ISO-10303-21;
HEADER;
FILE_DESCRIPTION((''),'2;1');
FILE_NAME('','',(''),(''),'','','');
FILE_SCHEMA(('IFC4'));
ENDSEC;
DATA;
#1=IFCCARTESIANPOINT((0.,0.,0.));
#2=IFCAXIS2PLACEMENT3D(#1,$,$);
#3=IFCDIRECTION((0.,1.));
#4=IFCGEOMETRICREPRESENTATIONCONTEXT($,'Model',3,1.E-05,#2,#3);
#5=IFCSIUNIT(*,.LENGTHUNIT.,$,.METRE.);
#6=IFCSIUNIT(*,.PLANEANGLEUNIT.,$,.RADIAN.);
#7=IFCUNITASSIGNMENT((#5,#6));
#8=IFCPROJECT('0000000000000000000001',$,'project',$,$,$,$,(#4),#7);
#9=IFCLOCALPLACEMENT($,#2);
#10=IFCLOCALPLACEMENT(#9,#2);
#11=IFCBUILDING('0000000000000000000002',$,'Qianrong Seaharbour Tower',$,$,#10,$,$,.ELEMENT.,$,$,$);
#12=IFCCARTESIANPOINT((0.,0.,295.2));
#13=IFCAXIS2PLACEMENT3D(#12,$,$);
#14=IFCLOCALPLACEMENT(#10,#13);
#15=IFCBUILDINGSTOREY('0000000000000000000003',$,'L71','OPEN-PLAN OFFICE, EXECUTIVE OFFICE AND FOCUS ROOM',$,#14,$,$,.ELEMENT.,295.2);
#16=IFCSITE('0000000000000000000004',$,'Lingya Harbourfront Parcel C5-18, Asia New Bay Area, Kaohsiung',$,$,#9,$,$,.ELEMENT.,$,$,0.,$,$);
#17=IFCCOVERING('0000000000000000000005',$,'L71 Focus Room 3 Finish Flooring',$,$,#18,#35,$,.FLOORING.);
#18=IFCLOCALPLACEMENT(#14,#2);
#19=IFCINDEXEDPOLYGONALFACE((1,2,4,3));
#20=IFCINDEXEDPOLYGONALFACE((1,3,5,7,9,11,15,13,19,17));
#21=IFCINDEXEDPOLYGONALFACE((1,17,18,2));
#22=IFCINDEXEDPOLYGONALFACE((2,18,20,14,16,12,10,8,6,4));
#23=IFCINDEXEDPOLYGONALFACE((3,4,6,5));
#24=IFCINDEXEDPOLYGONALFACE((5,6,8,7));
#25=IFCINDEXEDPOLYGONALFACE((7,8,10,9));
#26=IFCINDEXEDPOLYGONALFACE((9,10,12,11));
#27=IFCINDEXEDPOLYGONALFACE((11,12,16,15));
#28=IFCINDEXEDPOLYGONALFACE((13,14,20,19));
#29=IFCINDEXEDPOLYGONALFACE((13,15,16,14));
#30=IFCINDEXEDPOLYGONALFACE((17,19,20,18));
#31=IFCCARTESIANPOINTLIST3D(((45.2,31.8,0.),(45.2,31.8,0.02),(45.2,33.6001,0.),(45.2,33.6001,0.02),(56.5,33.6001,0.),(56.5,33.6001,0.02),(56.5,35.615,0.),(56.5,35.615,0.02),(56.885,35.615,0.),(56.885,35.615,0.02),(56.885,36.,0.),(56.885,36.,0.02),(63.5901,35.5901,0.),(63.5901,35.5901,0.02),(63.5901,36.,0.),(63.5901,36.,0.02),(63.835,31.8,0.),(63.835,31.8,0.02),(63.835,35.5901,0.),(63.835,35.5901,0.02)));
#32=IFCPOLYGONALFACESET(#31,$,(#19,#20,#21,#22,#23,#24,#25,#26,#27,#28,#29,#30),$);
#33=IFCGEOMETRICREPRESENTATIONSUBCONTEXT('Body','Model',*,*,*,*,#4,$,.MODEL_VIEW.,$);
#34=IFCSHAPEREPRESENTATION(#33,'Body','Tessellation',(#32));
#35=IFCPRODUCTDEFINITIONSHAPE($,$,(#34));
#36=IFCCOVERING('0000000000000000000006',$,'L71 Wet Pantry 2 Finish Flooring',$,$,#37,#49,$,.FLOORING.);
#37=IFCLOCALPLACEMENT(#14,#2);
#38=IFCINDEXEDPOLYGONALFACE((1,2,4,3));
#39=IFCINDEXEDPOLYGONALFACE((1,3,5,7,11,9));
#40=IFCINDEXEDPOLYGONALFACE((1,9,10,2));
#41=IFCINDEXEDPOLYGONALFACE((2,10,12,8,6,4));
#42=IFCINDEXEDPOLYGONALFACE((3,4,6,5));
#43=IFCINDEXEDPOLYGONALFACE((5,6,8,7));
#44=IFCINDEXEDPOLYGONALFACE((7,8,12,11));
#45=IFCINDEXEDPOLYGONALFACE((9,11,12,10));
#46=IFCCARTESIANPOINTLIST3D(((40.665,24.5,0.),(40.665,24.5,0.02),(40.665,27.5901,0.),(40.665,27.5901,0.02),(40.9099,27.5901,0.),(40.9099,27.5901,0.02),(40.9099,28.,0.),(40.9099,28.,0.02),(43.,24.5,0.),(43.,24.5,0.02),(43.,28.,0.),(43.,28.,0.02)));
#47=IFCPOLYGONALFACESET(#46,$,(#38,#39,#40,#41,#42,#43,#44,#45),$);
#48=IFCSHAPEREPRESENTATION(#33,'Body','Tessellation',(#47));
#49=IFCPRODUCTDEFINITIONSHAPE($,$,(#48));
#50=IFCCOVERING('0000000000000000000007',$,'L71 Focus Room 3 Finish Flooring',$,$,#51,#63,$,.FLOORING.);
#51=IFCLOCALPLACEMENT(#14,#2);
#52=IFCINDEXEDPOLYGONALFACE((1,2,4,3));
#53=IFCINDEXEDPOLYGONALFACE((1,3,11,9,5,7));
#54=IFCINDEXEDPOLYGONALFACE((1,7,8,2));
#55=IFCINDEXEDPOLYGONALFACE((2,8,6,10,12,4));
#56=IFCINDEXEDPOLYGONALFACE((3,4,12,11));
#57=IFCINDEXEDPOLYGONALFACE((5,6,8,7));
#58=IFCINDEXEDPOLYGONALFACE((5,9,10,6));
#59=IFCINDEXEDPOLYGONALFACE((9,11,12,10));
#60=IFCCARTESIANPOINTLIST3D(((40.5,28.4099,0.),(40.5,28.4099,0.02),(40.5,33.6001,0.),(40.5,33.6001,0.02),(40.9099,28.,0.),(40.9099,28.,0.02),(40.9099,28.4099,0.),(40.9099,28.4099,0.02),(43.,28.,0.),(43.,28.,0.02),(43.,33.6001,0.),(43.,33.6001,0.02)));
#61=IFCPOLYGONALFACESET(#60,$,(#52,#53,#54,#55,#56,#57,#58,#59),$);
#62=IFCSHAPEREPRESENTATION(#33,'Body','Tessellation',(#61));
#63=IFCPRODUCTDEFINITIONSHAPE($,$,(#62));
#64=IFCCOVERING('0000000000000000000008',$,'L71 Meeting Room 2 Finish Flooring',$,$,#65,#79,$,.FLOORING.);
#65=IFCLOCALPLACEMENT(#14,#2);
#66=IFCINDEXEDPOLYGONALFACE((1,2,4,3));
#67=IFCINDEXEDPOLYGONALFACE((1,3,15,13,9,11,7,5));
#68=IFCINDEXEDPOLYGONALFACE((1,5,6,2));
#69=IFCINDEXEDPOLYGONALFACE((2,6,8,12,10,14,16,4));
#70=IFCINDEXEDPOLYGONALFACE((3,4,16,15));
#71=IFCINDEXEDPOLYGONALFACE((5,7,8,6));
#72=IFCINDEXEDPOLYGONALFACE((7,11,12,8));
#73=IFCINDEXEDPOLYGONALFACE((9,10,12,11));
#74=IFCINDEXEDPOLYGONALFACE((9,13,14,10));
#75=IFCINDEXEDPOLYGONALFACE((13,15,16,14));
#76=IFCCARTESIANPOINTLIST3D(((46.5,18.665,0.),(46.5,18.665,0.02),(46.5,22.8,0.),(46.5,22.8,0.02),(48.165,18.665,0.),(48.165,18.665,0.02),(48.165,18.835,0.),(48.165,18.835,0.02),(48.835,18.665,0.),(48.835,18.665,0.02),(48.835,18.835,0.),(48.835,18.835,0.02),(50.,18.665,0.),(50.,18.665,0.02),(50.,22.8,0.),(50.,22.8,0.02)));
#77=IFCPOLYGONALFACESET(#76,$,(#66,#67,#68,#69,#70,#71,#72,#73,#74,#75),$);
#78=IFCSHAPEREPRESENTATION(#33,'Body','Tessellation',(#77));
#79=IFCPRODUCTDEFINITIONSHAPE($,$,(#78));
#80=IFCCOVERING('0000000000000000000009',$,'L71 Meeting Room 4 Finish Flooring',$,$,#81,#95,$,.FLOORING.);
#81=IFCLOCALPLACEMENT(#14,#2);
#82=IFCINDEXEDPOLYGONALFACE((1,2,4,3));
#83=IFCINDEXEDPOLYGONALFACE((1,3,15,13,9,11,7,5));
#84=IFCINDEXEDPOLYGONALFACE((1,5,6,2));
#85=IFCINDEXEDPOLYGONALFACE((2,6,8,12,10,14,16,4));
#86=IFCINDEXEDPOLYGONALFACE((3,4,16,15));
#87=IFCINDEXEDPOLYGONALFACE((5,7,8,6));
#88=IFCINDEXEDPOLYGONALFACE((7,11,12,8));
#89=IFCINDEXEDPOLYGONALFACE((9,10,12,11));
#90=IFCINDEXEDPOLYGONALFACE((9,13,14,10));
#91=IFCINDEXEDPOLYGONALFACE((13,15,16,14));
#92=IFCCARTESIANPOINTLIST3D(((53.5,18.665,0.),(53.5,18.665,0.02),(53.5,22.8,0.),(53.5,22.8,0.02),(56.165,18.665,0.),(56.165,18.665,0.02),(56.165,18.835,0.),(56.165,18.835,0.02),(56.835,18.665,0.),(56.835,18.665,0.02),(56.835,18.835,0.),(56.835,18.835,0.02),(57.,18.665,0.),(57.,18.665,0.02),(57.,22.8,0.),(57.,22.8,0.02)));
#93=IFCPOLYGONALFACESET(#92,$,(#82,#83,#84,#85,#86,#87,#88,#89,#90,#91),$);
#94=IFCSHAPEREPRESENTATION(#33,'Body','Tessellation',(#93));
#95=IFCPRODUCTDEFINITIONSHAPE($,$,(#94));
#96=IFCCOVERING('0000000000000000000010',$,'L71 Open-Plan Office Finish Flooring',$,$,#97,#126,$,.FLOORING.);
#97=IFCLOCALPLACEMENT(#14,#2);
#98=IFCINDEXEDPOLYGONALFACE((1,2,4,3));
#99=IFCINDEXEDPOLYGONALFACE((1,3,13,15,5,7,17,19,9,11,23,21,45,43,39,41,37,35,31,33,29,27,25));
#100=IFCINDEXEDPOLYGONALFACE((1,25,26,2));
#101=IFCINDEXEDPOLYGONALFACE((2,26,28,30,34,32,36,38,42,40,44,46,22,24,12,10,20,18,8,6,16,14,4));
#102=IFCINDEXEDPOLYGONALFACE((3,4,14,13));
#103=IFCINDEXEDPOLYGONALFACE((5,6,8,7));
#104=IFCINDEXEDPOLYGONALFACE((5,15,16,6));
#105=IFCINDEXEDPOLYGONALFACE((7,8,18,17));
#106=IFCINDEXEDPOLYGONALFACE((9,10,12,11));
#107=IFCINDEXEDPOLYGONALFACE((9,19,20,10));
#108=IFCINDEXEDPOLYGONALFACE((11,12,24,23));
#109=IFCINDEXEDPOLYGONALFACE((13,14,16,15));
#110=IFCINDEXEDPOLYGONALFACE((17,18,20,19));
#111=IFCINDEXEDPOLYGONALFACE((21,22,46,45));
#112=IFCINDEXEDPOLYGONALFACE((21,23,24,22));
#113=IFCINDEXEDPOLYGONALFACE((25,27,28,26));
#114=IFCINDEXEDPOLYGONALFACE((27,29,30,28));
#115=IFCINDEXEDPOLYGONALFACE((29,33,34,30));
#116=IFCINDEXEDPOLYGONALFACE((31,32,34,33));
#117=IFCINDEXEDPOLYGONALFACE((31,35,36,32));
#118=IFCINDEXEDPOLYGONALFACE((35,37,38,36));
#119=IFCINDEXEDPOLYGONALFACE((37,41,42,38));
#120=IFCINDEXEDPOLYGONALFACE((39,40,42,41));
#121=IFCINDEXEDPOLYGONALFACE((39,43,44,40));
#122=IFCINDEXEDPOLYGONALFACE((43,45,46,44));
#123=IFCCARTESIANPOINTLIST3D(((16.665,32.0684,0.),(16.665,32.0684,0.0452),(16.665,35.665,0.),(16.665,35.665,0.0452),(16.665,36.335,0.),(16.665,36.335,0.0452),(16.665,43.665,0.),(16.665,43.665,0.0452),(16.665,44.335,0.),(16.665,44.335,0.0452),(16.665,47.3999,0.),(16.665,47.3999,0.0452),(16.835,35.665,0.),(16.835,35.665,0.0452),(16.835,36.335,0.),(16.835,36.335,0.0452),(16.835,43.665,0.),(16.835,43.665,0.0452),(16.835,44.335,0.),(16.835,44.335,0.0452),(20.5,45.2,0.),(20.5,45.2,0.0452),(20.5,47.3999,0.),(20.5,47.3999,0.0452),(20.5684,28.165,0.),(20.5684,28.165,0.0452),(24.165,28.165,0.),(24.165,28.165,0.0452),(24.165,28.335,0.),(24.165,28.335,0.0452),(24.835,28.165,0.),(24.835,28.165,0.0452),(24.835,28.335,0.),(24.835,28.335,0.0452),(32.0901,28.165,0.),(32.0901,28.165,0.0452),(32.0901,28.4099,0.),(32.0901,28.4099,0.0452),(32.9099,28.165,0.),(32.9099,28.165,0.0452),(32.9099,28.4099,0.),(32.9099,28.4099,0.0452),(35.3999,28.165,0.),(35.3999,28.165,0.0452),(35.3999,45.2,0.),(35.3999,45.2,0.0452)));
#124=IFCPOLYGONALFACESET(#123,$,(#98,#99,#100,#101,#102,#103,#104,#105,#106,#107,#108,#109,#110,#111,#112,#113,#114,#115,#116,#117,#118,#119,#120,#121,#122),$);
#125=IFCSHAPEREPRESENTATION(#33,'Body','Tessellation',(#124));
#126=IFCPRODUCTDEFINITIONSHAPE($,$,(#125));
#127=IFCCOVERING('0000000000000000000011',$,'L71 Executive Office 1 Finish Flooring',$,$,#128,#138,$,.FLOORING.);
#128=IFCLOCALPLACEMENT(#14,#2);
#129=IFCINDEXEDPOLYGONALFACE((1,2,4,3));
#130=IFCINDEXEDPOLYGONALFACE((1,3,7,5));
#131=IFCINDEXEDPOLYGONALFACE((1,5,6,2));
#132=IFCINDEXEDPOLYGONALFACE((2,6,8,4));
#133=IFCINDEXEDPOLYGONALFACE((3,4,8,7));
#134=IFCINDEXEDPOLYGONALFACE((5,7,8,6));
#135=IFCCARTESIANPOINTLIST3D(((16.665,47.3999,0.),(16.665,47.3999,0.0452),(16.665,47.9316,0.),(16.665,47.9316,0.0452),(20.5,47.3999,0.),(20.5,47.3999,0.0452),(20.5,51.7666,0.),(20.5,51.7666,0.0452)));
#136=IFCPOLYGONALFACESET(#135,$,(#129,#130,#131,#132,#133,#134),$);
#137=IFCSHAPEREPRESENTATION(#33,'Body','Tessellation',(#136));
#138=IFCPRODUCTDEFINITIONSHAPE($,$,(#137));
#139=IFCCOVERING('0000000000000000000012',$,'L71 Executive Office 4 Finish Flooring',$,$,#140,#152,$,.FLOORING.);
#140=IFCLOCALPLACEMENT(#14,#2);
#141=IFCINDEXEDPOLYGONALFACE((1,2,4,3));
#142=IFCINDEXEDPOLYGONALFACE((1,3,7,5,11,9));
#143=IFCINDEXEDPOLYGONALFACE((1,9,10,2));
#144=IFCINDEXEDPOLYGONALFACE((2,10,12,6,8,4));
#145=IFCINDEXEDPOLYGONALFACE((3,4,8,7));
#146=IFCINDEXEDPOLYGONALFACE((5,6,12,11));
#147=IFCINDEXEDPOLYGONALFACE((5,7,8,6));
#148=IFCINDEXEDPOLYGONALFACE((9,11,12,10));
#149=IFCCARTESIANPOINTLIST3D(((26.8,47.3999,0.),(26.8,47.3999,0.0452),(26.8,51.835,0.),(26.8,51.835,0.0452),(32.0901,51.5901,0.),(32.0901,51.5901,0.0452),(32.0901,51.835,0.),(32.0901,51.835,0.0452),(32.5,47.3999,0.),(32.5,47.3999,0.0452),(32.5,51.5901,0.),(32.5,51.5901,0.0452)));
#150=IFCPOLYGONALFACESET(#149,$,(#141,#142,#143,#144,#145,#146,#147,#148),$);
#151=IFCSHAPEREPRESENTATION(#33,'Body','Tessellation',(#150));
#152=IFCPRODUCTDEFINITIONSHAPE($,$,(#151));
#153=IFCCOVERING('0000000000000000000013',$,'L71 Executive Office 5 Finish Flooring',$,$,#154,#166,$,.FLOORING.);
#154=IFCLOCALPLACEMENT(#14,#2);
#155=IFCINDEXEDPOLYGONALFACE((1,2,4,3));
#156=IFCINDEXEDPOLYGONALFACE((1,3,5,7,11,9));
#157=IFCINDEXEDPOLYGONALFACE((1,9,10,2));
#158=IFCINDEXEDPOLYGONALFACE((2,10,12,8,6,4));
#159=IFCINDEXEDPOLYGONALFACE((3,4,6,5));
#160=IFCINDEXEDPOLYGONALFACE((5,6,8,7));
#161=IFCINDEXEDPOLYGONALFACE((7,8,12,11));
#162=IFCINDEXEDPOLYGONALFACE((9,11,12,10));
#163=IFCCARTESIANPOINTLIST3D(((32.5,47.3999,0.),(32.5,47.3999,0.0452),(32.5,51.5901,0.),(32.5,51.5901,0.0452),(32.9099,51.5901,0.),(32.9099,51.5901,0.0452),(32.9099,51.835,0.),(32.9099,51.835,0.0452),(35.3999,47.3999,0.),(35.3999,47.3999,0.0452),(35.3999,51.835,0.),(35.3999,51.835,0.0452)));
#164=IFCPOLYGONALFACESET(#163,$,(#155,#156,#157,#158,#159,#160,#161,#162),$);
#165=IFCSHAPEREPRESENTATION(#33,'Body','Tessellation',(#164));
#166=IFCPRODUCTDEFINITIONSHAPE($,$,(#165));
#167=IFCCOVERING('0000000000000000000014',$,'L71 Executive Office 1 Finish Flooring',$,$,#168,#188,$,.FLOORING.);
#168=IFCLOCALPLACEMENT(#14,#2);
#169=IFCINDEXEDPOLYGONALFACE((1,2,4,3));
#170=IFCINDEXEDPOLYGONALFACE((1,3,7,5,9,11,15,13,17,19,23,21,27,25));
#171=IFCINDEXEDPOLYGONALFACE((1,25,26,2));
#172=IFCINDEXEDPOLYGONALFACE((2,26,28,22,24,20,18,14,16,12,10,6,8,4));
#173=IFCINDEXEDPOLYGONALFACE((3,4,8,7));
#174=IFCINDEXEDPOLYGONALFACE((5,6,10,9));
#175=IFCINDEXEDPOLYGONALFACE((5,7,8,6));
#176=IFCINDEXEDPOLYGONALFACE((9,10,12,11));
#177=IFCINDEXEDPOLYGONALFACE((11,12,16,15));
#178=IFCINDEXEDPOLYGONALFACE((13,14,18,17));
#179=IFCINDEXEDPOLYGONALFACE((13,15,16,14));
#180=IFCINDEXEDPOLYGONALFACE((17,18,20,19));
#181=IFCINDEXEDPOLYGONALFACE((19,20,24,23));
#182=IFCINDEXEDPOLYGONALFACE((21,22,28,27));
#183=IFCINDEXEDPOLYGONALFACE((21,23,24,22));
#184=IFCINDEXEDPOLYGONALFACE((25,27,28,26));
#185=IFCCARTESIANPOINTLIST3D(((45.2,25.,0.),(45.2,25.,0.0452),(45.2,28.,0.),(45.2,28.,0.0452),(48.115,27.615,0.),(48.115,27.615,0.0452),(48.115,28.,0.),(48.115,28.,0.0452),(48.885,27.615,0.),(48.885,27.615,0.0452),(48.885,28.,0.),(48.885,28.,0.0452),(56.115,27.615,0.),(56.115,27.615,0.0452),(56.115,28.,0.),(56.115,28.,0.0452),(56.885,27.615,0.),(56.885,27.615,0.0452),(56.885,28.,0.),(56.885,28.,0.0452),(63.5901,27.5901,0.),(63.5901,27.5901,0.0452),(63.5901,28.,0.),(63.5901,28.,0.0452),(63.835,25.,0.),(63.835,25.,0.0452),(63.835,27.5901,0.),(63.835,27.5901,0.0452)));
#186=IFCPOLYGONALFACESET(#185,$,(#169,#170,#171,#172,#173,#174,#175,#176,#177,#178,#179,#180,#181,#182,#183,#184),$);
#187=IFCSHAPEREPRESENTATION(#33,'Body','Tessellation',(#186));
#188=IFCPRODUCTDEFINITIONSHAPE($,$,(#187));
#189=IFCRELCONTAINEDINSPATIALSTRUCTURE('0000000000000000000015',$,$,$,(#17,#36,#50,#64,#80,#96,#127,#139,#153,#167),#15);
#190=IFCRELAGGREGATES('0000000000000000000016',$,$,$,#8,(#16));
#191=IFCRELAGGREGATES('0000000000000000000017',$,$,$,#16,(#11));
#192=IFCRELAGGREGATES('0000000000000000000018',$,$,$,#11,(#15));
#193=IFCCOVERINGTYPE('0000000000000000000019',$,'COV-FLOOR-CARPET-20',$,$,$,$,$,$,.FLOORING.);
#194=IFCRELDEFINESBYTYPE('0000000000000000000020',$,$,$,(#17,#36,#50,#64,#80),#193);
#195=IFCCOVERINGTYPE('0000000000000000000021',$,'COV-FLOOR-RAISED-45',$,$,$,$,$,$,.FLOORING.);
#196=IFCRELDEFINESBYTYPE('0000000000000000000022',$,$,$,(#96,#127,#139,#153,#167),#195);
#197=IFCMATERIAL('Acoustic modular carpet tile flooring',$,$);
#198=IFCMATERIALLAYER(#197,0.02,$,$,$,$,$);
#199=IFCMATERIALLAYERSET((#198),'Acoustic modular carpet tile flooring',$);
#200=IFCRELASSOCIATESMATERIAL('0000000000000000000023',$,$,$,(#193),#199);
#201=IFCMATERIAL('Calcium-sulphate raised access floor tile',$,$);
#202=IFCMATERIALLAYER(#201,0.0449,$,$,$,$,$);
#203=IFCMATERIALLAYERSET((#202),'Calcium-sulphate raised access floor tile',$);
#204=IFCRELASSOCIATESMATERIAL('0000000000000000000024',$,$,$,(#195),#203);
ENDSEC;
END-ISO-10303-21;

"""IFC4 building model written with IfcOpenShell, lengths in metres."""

from ifc_helpers import new_model, si_unit, direction, frame, origin, place, context, subcontext, project, spatial, polyline, outline, extrude, material, layer, layer_set, type_object, element, save


model = new_model("IFC4")

# Units and contexts
model_context = context("Model", 3, precision=1e-05, world=origin(), true_north=direction((0.0, 1.0)))
body_context = subcontext(model_context, "Body", "Model", "MODEL_VIEW")
ifc_project = project(units=[si_unit("LENGTHUNIT", "METRE"), si_unit("PLANEANGLEUNIT", "RADIAN")], contexts=[model_context])

# Site, building, storey
site_placement = place(None, origin())
site = spatial("IfcSite", under=ifc_project, at=site_placement, Name="Lingya Harbourfront Parcel C5-18, Asia New Bay Area, Kaohsiung", CompositionType="ELEMENT", RefElevation=0.0)
building_placement = place(site_placement, origin())
building = spatial("IfcBuilding", under=site, at=building_placement, Name="Qianrong Seaharbour Tower", CompositionType="ELEMENT")
storey_placement = place(building_placement, frame((0.0, 0.0, 295.2)))
storey = spatial("IfcBuildingStorey", under=building, at=storey_placement, Name="L71", Description="OPEN-PLAN OFFICE, EXECUTIVE OFFICE AND FOCUS ROOM", CompositionType="ELEMENT", Elevation=295.2)

# Coverings
ifc_material_1 = material(Name="Acoustic modular carpet tile flooring")
ifc_layer_1 = layer(ifc_material_1, 0.02)
ifc_layer_set_1 = layer_set([ifc_layer_1], Name="Acoustic modular carpet tile flooring")
covering_type_1 = type_object("IfcCoveringType", Name="COV-FLOOR-CARPET-20", PredefinedType="FLOORING", material=ifc_layer_set_1)
covering_1_placement = place(storey_placement, origin())
element("IfcCovering", 1, at=covering_1_placement, inside=storey, type_object=covering_type_1, Name="L71 Focus Room 3 Finish Flooring", PredefinedType="FLOORING", context=body_context, shape_type="SweptSolid", body=[
    extrude(outline(polyline([(56.5, 33.6001), (56.5, 35.615), (56.885, 35.615), (56.885, 36.0), (63.5901, 36.0), (63.5901, 35.5901), (63.835, 35.5901), (63.835, 31.8), (45.2, 31.8), (45.2, 33.6001), (56.5, 33.6001)])), origin(), (0.0, 0.0, 1.0), 0.02),
])
covering_2_placement = place(storey_placement, origin())
element("IfcCovering", 2, at=covering_2_placement, inside=storey, type_object=covering_type_1, Name="L71 Wet Pantry 2 Finish Flooring", PredefinedType="FLOORING", context=body_context, shape_type="SweptSolid", body=[
    extrude(outline(polyline([(40.665, 24.5), (40.665, 27.5901), (40.9099, 27.5901), (40.9099, 28.0), (43.0, 28.0), (43.0, 24.5), (40.665, 24.5)])), origin(), (0.0, 0.0, 1.0), 0.02),
])
covering_3_placement = place(storey_placement, origin())
element("IfcCovering", 3, at=covering_3_placement, inside=storey, type_object=covering_type_1, Name="L71 Focus Room 3 Finish Flooring", PredefinedType="FLOORING", context=body_context, shape_type="SweptSolid", body=[
    extrude(outline(polyline([(43.0, 28.0), (40.9099, 28.0), (40.9099, 28.4099), (40.5, 28.4099), (40.5, 33.6001), (43.0, 33.6001), (43.0, 28.0)])), origin(), (0.0, 0.0, 1.0), 0.02),
])
covering_4_placement = place(storey_placement, origin())
element("IfcCovering", 4, at=covering_4_placement, inside=storey, type_object=covering_type_1, Name="L71 Meeting Room 2 Finish Flooring", PredefinedType="FLOORING", context=body_context, shape_type="SweptSolid", body=[
    extrude(outline(polyline([(50.0, 18.665), (48.835, 18.665), (48.835, 18.835), (48.165, 18.835), (48.165, 18.665), (46.5, 18.665), (46.5, 22.8), (50.0, 22.8), (50.0, 18.665)])), origin(), (0.0, 0.0, 1.0), 0.02),
])
covering_5_placement = place(storey_placement, origin())
element("IfcCovering", 5, at=covering_5_placement, inside=storey, type_object=covering_type_1, Name="L71 Meeting Room 4 Finish Flooring", PredefinedType="FLOORING", context=body_context, shape_type="SweptSolid", body=[
    extrude(outline(polyline([(57.0, 18.665), (56.835, 18.665), (56.835, 18.835), (56.165, 18.835), (56.165, 18.665), (53.5, 18.665), (53.5, 22.8), (57.0, 22.8), (57.0, 18.665)])), origin(), (0.0, 0.0, 1.0), 0.02),
])
ifc_material_2 = material(Name="Calcium-sulphate raised access floor tile")
ifc_layer_2 = layer(ifc_material_2, 0.0449)
ifc_layer_set_2 = layer_set([ifc_layer_2], Name="Calcium-sulphate raised access floor tile")
covering_type_2 = type_object("IfcCoveringType", Name="COV-FLOOR-RAISED-45", PredefinedType="FLOORING", material=ifc_layer_set_2)
covering_6_placement = place(storey_placement, origin())
element("IfcCovering", 6, at=covering_6_placement, inside=storey, type_object=covering_type_2, Name="L71 Open-Plan Office Finish Flooring", PredefinedType="FLOORING", context=body_context, shape_type="SweptSolid", body=[
    extrude(outline(polyline([(32.9099, 28.165), (32.9099, 28.4099), (32.0901, 28.4099), (32.0901, 28.165), (24.835, 28.165), (24.835, 28.335), (24.165, 28.335), (24.165, 28.165), (20.5684, 28.165), (16.665, 32.0684), (16.665, 35.665), (16.835, 35.665), (16.835, 36.335), (16.665, 36.335), (16.665, 43.665), (16.835, 43.665), (16.835, 44.335), (16.665, 44.335), (16.665, 47.3999), (20.5, 47.3999), (20.5, 45.2), (35.3999, 45.2), (35.3999, 28.165), (32.9099, 28.165)])), origin(), (0.0, 0.0, 1.0), 0.0452),
])
covering_7_placement = place(storey_placement, origin())
element("IfcCovering", 7, at=covering_7_placement, inside=storey, type_object=covering_type_2, Name="L71 Executive Office 1 Finish Flooring", PredefinedType="FLOORING", context=body_context, shape_type="SweptSolid", body=[
    extrude(outline(polyline([(16.665, 47.9316), (20.5, 51.7666), (20.5, 47.3999), (16.665, 47.3999), (16.665, 47.9316)])), origin(), (0.0, 0.0, 1.0), 0.0452),
])
covering_8_placement = place(storey_placement, origin())
element("IfcCovering", 8, at=covering_8_placement, inside=storey, type_object=covering_type_2, Name="L71 Executive Office 4 Finish Flooring", PredefinedType="FLOORING", context=body_context, shape_type="SweptSolid", body=[
    extrude(outline(polyline([(26.8, 51.835), (32.0901, 51.835), (32.0901, 51.5901), (32.5, 51.5901), (32.5, 47.3999), (26.8, 47.3999), (26.8, 51.835)])), origin(), (0.0, 0.0, 1.0), 0.0452),
])
covering_9_placement = place(storey_placement, origin())
element("IfcCovering", 9, at=covering_9_placement, inside=storey, type_object=covering_type_2, Name="L71 Executive Office 5 Finish Flooring", PredefinedType="FLOORING", context=body_context, shape_type="SweptSolid", body=[
    extrude(outline(polyline([(32.5, 51.5901), (32.9099, 51.5901), (32.9099, 51.835), (35.3999, 51.835), (35.3999, 47.3999), (32.5, 47.3999), (32.5, 51.5901)])), origin(), (0.0, 0.0, 1.0), 0.0452),
])
covering_10_placement = place(storey_placement, origin())
element("IfcCovering", 10, at=covering_10_placement, inside=storey, type_object=covering_type_2, Name="L71 Executive Office 1 Finish Flooring", PredefinedType="FLOORING", context=body_context, shape_type="SweptSolid", body=[
    extrude(outline(polyline([(48.115, 28.0), (48.115, 27.615), (48.885, 27.615), (48.885, 28.0), (56.115, 28.0), (56.115, 27.615), (56.885, 27.615), (56.885, 28.0), (63.5901, 28.0), (63.5901, 27.5901), (63.835, 27.5901), (63.835, 25.0), (45.2, 25.0), (45.2, 28.0), (48.115, 28.0)])), origin(), (0.0, 0.0, 1.0), 0.0452),
])

save(model, "model.ifc")
